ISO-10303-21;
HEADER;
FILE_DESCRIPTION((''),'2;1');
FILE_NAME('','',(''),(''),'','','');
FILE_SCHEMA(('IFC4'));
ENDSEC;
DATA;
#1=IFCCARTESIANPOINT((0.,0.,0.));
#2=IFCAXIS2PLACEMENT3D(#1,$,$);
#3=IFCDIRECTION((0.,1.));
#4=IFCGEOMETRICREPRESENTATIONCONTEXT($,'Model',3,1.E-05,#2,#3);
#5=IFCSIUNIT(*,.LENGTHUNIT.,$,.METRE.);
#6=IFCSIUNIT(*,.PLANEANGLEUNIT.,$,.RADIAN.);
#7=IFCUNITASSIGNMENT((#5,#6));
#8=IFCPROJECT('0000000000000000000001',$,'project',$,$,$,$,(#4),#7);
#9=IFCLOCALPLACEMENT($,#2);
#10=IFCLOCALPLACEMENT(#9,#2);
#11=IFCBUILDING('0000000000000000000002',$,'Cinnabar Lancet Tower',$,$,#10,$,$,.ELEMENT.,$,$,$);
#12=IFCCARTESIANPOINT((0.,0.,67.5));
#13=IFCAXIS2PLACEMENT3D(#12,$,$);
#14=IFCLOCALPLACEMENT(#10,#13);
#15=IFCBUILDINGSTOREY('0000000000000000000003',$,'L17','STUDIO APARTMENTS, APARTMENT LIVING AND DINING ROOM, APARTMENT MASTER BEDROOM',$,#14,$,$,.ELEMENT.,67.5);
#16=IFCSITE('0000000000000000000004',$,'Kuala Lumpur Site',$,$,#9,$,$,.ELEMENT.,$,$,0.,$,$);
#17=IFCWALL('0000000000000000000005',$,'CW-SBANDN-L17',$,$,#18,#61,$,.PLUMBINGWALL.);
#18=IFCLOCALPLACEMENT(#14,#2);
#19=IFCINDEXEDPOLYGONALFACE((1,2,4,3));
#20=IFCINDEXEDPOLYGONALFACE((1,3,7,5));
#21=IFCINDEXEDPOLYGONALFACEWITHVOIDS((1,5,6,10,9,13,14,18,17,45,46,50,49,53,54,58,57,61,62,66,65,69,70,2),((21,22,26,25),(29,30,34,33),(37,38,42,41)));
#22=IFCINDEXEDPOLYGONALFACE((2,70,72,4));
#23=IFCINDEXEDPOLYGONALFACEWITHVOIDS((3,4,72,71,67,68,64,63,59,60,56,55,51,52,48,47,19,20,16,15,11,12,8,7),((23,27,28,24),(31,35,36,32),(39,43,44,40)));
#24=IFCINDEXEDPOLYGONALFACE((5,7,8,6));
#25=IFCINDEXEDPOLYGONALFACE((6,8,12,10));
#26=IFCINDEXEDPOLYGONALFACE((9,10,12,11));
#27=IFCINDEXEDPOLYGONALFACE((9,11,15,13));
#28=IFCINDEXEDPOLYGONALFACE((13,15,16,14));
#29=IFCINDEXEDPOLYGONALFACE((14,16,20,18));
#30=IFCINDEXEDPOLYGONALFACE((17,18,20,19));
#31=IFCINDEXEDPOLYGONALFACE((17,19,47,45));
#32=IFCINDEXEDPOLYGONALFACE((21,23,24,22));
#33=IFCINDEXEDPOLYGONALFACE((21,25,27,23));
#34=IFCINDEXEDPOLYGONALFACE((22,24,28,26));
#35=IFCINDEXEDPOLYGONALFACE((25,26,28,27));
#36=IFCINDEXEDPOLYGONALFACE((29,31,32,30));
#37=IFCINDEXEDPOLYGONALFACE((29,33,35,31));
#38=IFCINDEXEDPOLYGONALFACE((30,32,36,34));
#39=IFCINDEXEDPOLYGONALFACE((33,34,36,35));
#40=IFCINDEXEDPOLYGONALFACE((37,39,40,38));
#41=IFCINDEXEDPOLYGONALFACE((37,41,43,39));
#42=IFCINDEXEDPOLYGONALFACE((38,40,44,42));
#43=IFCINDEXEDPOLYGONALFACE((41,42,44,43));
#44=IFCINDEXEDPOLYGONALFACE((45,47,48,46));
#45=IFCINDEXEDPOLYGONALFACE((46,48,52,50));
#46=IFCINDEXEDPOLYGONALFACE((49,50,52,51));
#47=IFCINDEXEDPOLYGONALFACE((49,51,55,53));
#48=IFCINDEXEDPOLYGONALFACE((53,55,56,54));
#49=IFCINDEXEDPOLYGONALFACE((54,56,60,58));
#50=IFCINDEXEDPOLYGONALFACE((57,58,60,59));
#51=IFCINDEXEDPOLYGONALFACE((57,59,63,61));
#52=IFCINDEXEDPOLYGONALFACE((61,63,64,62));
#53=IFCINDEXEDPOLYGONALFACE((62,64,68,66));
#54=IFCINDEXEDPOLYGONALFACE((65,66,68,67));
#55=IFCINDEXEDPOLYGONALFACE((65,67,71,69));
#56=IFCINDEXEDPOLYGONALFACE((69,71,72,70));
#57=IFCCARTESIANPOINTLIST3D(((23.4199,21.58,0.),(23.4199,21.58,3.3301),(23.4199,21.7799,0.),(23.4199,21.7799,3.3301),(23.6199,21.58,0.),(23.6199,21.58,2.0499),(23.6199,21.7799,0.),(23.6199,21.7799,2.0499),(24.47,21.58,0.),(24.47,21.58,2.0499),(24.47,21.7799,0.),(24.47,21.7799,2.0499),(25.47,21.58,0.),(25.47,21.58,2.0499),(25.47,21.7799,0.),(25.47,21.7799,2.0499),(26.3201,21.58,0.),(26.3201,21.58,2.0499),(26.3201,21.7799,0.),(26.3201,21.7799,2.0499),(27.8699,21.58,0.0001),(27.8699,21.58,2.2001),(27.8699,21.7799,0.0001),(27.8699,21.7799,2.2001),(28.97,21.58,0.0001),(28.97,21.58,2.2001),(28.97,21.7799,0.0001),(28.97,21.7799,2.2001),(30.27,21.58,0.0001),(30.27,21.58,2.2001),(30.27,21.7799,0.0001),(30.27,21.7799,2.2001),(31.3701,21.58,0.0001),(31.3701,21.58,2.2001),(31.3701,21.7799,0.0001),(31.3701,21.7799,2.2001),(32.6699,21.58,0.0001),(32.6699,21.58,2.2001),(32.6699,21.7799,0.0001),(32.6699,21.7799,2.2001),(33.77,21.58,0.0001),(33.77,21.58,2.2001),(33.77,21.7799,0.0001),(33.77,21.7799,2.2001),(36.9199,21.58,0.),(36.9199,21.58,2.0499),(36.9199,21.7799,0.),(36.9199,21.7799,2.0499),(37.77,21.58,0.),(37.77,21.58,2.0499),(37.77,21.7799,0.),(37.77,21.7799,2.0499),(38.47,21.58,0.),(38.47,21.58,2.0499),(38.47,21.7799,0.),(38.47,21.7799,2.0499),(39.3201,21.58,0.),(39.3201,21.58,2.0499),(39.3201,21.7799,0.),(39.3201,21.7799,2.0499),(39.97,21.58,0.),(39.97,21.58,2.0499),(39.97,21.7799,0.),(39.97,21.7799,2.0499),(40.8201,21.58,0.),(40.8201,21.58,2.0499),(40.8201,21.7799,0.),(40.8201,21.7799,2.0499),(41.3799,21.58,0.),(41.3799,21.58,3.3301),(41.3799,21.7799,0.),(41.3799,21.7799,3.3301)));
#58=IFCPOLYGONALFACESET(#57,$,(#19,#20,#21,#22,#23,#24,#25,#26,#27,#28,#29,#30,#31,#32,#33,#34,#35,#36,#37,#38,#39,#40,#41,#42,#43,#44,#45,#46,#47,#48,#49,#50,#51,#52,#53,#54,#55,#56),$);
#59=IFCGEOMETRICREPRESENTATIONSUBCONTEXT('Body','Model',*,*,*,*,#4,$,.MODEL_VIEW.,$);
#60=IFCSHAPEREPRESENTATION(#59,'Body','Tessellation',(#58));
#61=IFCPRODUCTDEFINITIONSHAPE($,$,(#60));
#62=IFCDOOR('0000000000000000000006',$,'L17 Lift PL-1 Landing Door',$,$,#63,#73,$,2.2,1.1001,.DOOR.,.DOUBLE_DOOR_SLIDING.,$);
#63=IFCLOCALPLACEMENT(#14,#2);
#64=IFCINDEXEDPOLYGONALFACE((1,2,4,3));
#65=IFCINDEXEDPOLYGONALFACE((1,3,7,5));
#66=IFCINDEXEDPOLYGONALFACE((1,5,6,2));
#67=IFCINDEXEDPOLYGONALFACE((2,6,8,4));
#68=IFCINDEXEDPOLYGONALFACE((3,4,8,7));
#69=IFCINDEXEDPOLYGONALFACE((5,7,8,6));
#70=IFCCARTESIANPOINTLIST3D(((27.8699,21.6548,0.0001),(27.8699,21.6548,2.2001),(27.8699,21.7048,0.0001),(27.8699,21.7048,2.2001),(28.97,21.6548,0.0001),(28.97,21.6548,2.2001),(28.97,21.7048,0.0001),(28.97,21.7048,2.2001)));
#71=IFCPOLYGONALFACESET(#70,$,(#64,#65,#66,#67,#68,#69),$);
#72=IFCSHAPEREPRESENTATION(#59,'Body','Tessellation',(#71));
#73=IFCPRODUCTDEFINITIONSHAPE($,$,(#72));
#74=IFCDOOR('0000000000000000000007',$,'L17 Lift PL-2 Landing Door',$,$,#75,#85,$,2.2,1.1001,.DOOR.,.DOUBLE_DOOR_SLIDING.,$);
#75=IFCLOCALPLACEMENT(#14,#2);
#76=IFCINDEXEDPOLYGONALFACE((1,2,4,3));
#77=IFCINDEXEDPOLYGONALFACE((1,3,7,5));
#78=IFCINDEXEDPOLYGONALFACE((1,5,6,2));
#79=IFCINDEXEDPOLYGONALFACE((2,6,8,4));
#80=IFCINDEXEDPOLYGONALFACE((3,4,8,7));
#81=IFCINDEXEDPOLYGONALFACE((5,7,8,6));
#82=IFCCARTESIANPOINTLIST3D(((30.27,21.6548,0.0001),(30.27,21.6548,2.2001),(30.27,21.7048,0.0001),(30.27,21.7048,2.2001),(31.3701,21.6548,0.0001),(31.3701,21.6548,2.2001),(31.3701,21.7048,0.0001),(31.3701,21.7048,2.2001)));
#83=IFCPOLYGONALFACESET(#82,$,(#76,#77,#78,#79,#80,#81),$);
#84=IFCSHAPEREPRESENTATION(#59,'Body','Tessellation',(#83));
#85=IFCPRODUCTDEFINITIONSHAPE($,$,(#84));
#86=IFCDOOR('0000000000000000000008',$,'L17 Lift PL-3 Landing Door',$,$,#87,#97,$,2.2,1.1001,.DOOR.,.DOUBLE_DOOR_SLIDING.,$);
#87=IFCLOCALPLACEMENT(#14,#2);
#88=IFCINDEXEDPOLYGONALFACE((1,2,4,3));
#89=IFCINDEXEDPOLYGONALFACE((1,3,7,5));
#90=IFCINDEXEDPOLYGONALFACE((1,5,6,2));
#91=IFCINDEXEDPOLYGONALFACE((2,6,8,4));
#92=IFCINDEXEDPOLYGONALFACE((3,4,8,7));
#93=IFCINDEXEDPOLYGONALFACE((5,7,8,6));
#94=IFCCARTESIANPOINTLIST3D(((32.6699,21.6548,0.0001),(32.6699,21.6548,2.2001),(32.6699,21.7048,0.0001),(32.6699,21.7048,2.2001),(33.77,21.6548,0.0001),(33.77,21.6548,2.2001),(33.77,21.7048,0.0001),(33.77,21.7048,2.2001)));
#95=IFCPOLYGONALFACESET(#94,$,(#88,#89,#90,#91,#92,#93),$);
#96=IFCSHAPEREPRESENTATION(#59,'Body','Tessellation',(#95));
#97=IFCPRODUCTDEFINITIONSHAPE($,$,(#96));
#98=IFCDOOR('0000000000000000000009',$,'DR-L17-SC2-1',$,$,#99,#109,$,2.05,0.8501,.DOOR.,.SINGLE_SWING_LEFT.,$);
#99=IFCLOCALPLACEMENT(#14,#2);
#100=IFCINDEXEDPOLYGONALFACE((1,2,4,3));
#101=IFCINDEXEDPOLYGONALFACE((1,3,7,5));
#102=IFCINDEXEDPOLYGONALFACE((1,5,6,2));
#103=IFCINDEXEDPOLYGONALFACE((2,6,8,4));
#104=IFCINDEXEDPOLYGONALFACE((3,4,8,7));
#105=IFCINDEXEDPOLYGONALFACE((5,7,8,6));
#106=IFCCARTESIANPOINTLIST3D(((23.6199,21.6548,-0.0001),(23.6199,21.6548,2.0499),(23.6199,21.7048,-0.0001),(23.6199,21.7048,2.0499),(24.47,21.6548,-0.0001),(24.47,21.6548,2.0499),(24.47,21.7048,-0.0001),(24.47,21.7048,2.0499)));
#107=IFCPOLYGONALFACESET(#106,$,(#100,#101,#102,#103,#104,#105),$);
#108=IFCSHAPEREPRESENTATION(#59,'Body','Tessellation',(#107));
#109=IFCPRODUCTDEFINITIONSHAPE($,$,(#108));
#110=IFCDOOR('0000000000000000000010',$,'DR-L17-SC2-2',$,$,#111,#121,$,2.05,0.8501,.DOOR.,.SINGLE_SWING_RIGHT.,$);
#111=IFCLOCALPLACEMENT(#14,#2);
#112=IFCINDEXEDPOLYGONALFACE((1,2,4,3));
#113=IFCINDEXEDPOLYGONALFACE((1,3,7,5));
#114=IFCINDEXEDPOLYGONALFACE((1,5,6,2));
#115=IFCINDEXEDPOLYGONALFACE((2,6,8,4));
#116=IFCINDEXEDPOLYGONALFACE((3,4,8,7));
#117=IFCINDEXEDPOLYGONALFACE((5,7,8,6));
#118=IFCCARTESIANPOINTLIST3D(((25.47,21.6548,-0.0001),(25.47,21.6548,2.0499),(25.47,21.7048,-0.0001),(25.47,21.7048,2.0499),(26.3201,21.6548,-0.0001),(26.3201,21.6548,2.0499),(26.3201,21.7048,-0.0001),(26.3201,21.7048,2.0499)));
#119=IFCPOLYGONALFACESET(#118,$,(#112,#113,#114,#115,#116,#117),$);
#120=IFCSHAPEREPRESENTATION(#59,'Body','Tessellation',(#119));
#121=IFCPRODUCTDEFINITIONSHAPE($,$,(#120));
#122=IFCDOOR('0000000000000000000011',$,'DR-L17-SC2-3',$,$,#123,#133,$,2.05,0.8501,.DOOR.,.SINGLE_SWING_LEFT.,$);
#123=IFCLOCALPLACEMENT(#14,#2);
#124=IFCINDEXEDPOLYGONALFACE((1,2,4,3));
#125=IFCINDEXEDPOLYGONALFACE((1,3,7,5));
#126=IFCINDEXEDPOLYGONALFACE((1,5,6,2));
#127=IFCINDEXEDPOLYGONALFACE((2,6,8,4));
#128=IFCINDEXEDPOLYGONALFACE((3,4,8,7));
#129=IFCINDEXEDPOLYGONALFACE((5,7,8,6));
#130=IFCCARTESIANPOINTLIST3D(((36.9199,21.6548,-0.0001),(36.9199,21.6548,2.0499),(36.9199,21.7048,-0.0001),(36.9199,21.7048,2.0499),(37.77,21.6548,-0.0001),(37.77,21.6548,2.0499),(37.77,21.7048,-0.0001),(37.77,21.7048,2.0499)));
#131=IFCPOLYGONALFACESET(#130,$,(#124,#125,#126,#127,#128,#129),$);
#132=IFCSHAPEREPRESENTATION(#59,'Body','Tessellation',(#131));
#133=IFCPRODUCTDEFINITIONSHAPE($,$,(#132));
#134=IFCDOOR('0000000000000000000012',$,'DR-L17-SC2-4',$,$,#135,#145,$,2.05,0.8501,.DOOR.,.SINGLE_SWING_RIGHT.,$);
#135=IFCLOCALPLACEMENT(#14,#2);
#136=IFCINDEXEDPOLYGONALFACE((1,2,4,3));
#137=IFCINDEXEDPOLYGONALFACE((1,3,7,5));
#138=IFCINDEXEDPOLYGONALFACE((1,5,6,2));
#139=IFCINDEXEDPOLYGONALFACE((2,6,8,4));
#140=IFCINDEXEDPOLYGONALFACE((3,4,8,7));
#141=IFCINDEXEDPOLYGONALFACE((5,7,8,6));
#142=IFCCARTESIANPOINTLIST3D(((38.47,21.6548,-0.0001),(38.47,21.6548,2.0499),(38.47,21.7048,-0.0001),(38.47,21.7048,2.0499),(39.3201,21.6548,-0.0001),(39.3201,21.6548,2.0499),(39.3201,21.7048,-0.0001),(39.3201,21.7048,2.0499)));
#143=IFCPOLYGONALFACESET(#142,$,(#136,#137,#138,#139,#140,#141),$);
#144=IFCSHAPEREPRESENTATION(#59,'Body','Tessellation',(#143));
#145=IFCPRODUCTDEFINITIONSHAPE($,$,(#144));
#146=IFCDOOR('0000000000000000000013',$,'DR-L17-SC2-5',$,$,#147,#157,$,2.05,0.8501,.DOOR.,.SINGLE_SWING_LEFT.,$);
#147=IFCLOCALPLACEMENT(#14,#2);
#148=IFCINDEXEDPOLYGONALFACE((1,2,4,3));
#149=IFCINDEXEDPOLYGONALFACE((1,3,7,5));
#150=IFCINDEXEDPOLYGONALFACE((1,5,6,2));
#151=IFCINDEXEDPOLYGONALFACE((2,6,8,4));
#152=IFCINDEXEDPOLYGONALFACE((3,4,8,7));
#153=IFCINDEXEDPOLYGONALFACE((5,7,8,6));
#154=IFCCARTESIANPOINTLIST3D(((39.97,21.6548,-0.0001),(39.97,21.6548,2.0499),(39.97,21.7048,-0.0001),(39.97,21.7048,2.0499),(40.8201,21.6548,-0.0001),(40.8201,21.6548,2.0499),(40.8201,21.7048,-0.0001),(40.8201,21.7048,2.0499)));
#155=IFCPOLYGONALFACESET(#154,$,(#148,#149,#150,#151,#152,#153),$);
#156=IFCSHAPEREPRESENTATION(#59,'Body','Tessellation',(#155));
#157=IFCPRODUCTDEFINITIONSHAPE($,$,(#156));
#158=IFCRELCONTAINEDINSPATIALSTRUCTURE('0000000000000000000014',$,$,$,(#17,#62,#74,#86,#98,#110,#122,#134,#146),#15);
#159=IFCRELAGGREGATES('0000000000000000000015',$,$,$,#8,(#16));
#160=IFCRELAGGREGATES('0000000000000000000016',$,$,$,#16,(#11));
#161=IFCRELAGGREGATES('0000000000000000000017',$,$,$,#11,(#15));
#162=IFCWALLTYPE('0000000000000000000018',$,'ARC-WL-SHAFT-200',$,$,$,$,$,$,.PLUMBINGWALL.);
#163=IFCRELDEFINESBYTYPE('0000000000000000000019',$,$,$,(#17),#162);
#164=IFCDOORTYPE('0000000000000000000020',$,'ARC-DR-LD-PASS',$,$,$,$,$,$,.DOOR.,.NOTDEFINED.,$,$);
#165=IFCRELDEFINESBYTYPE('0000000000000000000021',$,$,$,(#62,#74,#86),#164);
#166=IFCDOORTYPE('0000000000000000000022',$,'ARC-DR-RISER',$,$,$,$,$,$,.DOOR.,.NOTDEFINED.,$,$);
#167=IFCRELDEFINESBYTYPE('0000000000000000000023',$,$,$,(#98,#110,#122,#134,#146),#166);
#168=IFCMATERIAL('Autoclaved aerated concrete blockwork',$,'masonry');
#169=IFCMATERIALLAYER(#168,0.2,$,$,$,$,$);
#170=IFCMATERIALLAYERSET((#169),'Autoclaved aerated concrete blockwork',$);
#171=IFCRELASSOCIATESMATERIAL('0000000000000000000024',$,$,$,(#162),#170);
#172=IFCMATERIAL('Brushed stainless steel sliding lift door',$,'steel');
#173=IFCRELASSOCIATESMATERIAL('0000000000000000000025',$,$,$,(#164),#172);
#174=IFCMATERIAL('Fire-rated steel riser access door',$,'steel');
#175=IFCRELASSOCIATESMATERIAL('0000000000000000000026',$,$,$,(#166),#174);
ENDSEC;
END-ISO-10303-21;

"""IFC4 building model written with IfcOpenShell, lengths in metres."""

from ifc_helpers import new_model, si_unit, direction, frame, frame_2d, origin, place, context, subcontext, project, spatial, rectangle, extrude, material, layer, layer_set, type_object, element, fill, save


model = new_model("IFC4")

# Units and contexts
model_context = context("Model", 3, precision=1e-05, world=origin(), true_north=direction((0.0, 1.0)))
body_context = subcontext(model_context, "Body", "Model", "MODEL_VIEW")
ifc_project = project(units=[si_unit("LENGTHUNIT", "METRE"), si_unit("PLANEANGLEUNIT", "RADIAN")], contexts=[model_context])

# Site, building, storey
site_placement = place(None, origin())
site = spatial("IfcSite", under=ifc_project, at=site_placement, Name="Kuala Lumpur Site", CompositionType="ELEMENT", RefElevation=0.0)
building_placement = place(site_placement, origin())
building = spatial("IfcBuilding", under=site, at=building_placement, Name="Cinnabar Lancet Tower", CompositionType="ELEMENT")
storey_placement = place(building_placement, frame((0.0, 0.0, 67.5)))
storey = spatial("IfcBuildingStorey", under=building, at=storey_placement, Name="L17", Description="STUDIO APARTMENTS, APARTMENT LIVING AND DINING ROOM, APARTMENT MASTER BEDROOM", CompositionType="ELEMENT", Elevation=67.5)

# Shared definitions
ifc_material_1 = material(Name="Autoclaved aerated concrete blockwork", Category="masonry")
ifc_layer_1 = layer(ifc_material_1, 0.2)
ifc_layer_set_1 = layer_set([ifc_layer_1], Name="Autoclaved aerated concrete blockwork")
wall_type_1 = type_object("IfcWallType", Name="ARC-WL-SHAFT-200", PredefinedType="PLUMBINGWALL", material=ifc_layer_set_1)

# Wall, openings, doors
wall_1_placement = place(storey_placement, frame((23.4199, 21.6799, 0.0), z_axis=(0.0, 0.0, 1.0), x_axis=(1.0, 0.0, 0.0)))
wall_1 = element("IfcWall", 1, at=wall_1_placement, inside=storey, type_object=wall_type_1, Name="CW-SBANDN-L17", PredefinedType="PLUMBINGWALL", context=body_context, shape_type="SweptSolid", body=[
    extrude(rectangle(XDim=17.96, YDim=0.2, at=frame_2d((8.98, 0.0))), origin(), (0.0, 0.0, 1.0), 3.3301),
])
opening_1_placement = place(wall_1_placement, frame((4.45, 0.0, 0.0)))
opening_1 = element("IfcOpeningElement", 2, at=opening_1_placement, cuts=wall_1, PredefinedType="OPENING", context=body_context, shape_type="SweptSolid", body=[
    extrude(rectangle(XDim=1.1001, YDim=2.2, at=frame_2d((0.55, 1.1001))), frame((0.0, 0.1099, 0.0), z_axis=(0.0, -1.0, 0.0), x_axis=(1.0, 0.0, 0.0)), (0.0, 0.0, 1.0), 0.22),
])
opening_2_placement = place(wall_1_placement, frame((6.8501, 0.0, 0.0)))
opening_2 = element("IfcOpeningElement", 3, at=opening_2_placement, cuts=wall_1, PredefinedType="OPENING", context=body_context, shape_type="SweptSolid", body=[
    extrude(rectangle(XDim=1.1001, YDim=2.2, at=frame_2d((0.55, 1.1001))), frame((0.0, 0.1099, 0.0), z_axis=(0.0, -1.0, 0.0), x_axis=(1.0, 0.0, 0.0)), (0.0, 0.0, 1.0), 0.22),
])
opening_3_placement = place(wall_1_placement, frame((9.25, 0.0, 0.0)))
opening_3 = element("IfcOpeningElement", 4, at=opening_3_placement, cuts=wall_1, PredefinedType="OPENING", context=body_context, shape_type="SweptSolid", body=[
    extrude(rectangle(XDim=1.1001, YDim=2.2, at=frame_2d((0.55, 1.1001))), frame((0.0, 0.1099, 0.0), z_axis=(0.0, -1.0, 0.0), x_axis=(1.0, 0.0, 0.0)), (0.0, 0.0, 1.0), 0.22),
])
opening_4_placement = place(wall_1_placement, frame((0.2, 0.0, 0.0)))
opening_4 = element("IfcOpeningElement", 5, at=opening_4_placement, cuts=wall_1, PredefinedType="OPENING", context=body_context, shape_type="SweptSolid", body=[
    extrude(rectangle(XDim=0.8501, YDim=2.05, at=frame_2d((0.425, 1.0249))), frame((0.0, 0.1099, 0.0), z_axis=(0.0, -1.0, 0.0), x_axis=(1.0, 0.0, 0.0)), (0.0, 0.0, 1.0), 0.22),
])
opening_5_placement = place(wall_1_placement, frame((2.05, 0.0, 0.0)))
opening_5 = element("IfcOpeningElement", 6, at=opening_5_placement, cuts=wall_1, PredefinedType="OPENING", context=body_context, shape_type="SweptSolid", body=[
    extrude(rectangle(XDim=0.8501, YDim=2.05, at=frame_2d((0.425, 1.0249))), frame((0.0, 0.1099, 0.0), z_axis=(0.0, -1.0, 0.0), x_axis=(1.0, 0.0, 0.0)), (0.0, 0.0, 1.0), 0.22),
])
opening_6_placement = place(wall_1_placement, frame((13.5, 0.0, 0.0)))
opening_6 = element("IfcOpeningElement", 7, at=opening_6_placement, cuts=wall_1, PredefinedType="OPENING", context=body_context, shape_type="SweptSolid", body=[
    extrude(rectangle(XDim=0.8501, YDim=2.05, at=frame_2d((0.425, 1.0249))), frame((0.0, 0.1099, 0.0), z_axis=(0.0, -1.0, 0.0), x_axis=(1.0, 0.0, 0.0)), (0.0, 0.0, 1.0), 0.22),
])
opening_7_placement = place(wall_1_placement, frame((15.05, 0.0, 0.0)))
opening_7 = element("IfcOpeningElement", 8, at=opening_7_placement, cuts=wall_1, PredefinedType="OPENING", context=body_context, shape_type="SweptSolid", body=[
    extrude(rectangle(XDim=0.8501, YDim=2.05, at=frame_2d((0.425, 1.0249))), frame((0.0, 0.1099, 0.0), z_axis=(0.0, -1.0, 0.0), x_axis=(1.0, 0.0, 0.0)), (0.0, 0.0, 1.0), 0.22),
])
opening_8_placement = place(wall_1_placement, frame((16.55, 0.0, 0.0)))
opening_8 = element("IfcOpeningElement", 9, at=opening_8_placement, cuts=wall_1, PredefinedType="OPENING", context=body_context, shape_type="SweptSolid", body=[
    extrude(rectangle(XDim=0.8501, YDim=2.05, at=frame_2d((0.425, 1.0249))), frame((0.0, 0.1099, 0.0), z_axis=(0.0, -1.0, 0.0), x_axis=(1.0, 0.0, 0.0)), (0.0, 0.0, 1.0), 0.22),
])
ifc_material_2 = material(Name="Brushed stainless steel sliding lift door", Category="steel")
door_type_1 = type_object("IfcDoorType", Name="ARC-DR-LD-PASS", OperationType="NOTDEFINED", PredefinedType="DOOR", material=ifc_material_2)
door_1_placement = place(opening_1_placement, origin())
door_1 = element("IfcDoor", 10, at=door_1_placement, inside=storey, type_object=door_type_1, Name="L17 Lift PL-1 Landing Door", OperationType="DOUBLE_DOOR_SLIDING", OverallHeight=2.2, OverallWidth=1.1001, PredefinedType="DOOR", context=body_context, shape_type="SweptSolid", body=[
    extrude(rectangle(XDim=1.1001, YDim=2.2, at=frame_2d((0.55, 1.1001))), frame((0.0, 0.0249, 0.0), z_axis=(0.0, -1.0, 0.0), x_axis=(1.0, 0.0, 0.0)), (0.0, 0.0, 1.0), 0.05),
])
fill(opening_1, door_1)
door_2_placement = place(opening_2_placement, origin())
door_2 = element("IfcDoor", 11, at=door_2_placement, inside=storey, type_object=door_type_1, Name="L17 Lift PL-2 Landing Door", OperationType="DOUBLE_DOOR_SLIDING", OverallHeight=2.2, OverallWidth=1.1001, PredefinedType="DOOR", context=body_context, shape_type="SweptSolid", body=[
    extrude(rectangle(XDim=1.1001, YDim=2.2, at=frame_2d((0.55, 1.1001))), frame((0.0, 0.0249, 0.0), z_axis=(0.0, -1.0, 0.0), x_axis=(1.0, 0.0, 0.0)), (0.0, 0.0, 1.0), 0.05),
])
fill(opening_2, door_2)
door_3_placement = place(opening_3_placement, origin())
door_3 = element("IfcDoor", 12, at=door_3_placement, inside=storey, type_object=door_type_1, Name="L17 Lift PL-3 Landing Door", OperationType="DOUBLE_DOOR_SLIDING", OverallHeight=2.2, OverallWidth=1.1001, PredefinedType="DOOR", context=body_context, shape_type="SweptSolid", body=[
    extrude(rectangle(XDim=1.1001, YDim=2.2, at=frame_2d((0.55, 1.1001))), frame((0.0, 0.0249, 0.0), z_axis=(0.0, -1.0, 0.0), x_axis=(1.0, 0.0, 0.0)), (0.0, 0.0, 1.0), 0.05),
])
fill(opening_3, door_3)
ifc_material_3 = material(Name="Fire-rated steel riser access door", Category="steel")
door_type_2 = type_object("IfcDoorType", Name="ARC-DR-RISER", OperationType="NOTDEFINED", PredefinedType="DOOR", material=ifc_material_3)
door_4_placement = place(opening_4_placement, origin())
door_4 = element("IfcDoor", 13, at=door_4_placement, inside=storey, type_object=door_type_2, Name="DR-L17-SC2-1", OperationType="SINGLE_SWING_LEFT", OverallHeight=2.05, OverallWidth=0.8501, PredefinedType="DOOR", context=body_context, shape_type="SweptSolid", body=[
    extrude(rectangle(XDim=0.8501, YDim=2.05, at=frame_2d((0.425, 1.0249))), frame((0.0, 0.0249, 0.0), z_axis=(0.0, -1.0, 0.0), x_axis=(1.0, 0.0, 0.0)), (0.0, 0.0, 1.0), 0.05),
])
fill(opening_4, door_4)
door_5_placement = place(opening_5_placement, origin())
door_5 = element("IfcDoor", 14, at=door_5_placement, inside=storey, type_object=door_type_2, Name="DR-L17-SC2-2", OperationType="SINGLE_SWING_RIGHT", OverallHeight=2.05, OverallWidth=0.8501, PredefinedType="DOOR", context=body_context, shape_type="SweptSolid", body=[
    extrude(rectangle(XDim=0.8501, YDim=2.05, at=frame_2d((0.425, 1.0249))), frame((0.0, 0.0249, 0.0), z_axis=(0.0, -1.0, 0.0), x_axis=(1.0, 0.0, 0.0)), (0.0, 0.0, 1.0), 0.05),
])
fill(opening_5, door_5)
door_6_placement = place(opening_6_placement, origin())
door_6 = element("IfcDoor", 15, at=door_6_placement, inside=storey, type_object=door_type_2, Name="DR-L17-SC2-3", OperationType="SINGLE_SWING_LEFT", OverallHeight=2.05, OverallWidth=0.8501, PredefinedType="DOOR", context=body_context, shape_type="SweptSolid", body=[
    extrude(rectangle(XDim=0.8501, YDim=2.05, at=frame_2d((0.425, 1.0249))), frame((0.0, 0.0249, 0.0), z_axis=(0.0, -1.0, 0.0), x_axis=(1.0, 0.0, 0.0)), (0.0, 0.0, 1.0), 0.05),
])
fill(opening_6, door_6)
door_7_placement = place(opening_7_placement, origin())
door_7 = element("IfcDoor", 16, at=door_7_placement, inside=storey, type_object=door_type_2, Name="DR-L17-SC2-4", OperationType="SINGLE_SWING_RIGHT", OverallHeight=2.05, OverallWidth=0.8501, PredefinedType="DOOR", context=body_context, shape_type="SweptSolid", body=[
    extrude(rectangle(XDim=0.8501, YDim=2.05, at=frame_2d((0.425, 1.0249))), frame((0.0, 0.0249, 0.0), z_axis=(0.0, -1.0, 0.0), x_axis=(1.0, 0.0, 0.0)), (0.0, 0.0, 1.0), 0.05),
])
fill(opening_7, door_7)
door_8_placement = place(opening_8_placement, origin())
door_8 = element("IfcDoor", 17, at=door_8_placement, inside=storey, type_object=door_type_2, Name="DR-L17-SC2-5", OperationType="SINGLE_SWING_LEFT", OverallHeight=2.05, OverallWidth=0.8501, PredefinedType="DOOR", context=body_context, shape_type="SweptSolid", body=[
    extrude(rectangle(XDim=0.8501, YDim=2.05, at=frame_2d((0.425, 1.0249))), frame((0.0, 0.0249, 0.0), z_axis=(0.0, -1.0, 0.0), x_axis=(1.0, 0.0, 0.0)), (0.0, 0.0, 1.0), 0.05),
])
fill(opening_8, door_8)

save(model, "model.ifc")
